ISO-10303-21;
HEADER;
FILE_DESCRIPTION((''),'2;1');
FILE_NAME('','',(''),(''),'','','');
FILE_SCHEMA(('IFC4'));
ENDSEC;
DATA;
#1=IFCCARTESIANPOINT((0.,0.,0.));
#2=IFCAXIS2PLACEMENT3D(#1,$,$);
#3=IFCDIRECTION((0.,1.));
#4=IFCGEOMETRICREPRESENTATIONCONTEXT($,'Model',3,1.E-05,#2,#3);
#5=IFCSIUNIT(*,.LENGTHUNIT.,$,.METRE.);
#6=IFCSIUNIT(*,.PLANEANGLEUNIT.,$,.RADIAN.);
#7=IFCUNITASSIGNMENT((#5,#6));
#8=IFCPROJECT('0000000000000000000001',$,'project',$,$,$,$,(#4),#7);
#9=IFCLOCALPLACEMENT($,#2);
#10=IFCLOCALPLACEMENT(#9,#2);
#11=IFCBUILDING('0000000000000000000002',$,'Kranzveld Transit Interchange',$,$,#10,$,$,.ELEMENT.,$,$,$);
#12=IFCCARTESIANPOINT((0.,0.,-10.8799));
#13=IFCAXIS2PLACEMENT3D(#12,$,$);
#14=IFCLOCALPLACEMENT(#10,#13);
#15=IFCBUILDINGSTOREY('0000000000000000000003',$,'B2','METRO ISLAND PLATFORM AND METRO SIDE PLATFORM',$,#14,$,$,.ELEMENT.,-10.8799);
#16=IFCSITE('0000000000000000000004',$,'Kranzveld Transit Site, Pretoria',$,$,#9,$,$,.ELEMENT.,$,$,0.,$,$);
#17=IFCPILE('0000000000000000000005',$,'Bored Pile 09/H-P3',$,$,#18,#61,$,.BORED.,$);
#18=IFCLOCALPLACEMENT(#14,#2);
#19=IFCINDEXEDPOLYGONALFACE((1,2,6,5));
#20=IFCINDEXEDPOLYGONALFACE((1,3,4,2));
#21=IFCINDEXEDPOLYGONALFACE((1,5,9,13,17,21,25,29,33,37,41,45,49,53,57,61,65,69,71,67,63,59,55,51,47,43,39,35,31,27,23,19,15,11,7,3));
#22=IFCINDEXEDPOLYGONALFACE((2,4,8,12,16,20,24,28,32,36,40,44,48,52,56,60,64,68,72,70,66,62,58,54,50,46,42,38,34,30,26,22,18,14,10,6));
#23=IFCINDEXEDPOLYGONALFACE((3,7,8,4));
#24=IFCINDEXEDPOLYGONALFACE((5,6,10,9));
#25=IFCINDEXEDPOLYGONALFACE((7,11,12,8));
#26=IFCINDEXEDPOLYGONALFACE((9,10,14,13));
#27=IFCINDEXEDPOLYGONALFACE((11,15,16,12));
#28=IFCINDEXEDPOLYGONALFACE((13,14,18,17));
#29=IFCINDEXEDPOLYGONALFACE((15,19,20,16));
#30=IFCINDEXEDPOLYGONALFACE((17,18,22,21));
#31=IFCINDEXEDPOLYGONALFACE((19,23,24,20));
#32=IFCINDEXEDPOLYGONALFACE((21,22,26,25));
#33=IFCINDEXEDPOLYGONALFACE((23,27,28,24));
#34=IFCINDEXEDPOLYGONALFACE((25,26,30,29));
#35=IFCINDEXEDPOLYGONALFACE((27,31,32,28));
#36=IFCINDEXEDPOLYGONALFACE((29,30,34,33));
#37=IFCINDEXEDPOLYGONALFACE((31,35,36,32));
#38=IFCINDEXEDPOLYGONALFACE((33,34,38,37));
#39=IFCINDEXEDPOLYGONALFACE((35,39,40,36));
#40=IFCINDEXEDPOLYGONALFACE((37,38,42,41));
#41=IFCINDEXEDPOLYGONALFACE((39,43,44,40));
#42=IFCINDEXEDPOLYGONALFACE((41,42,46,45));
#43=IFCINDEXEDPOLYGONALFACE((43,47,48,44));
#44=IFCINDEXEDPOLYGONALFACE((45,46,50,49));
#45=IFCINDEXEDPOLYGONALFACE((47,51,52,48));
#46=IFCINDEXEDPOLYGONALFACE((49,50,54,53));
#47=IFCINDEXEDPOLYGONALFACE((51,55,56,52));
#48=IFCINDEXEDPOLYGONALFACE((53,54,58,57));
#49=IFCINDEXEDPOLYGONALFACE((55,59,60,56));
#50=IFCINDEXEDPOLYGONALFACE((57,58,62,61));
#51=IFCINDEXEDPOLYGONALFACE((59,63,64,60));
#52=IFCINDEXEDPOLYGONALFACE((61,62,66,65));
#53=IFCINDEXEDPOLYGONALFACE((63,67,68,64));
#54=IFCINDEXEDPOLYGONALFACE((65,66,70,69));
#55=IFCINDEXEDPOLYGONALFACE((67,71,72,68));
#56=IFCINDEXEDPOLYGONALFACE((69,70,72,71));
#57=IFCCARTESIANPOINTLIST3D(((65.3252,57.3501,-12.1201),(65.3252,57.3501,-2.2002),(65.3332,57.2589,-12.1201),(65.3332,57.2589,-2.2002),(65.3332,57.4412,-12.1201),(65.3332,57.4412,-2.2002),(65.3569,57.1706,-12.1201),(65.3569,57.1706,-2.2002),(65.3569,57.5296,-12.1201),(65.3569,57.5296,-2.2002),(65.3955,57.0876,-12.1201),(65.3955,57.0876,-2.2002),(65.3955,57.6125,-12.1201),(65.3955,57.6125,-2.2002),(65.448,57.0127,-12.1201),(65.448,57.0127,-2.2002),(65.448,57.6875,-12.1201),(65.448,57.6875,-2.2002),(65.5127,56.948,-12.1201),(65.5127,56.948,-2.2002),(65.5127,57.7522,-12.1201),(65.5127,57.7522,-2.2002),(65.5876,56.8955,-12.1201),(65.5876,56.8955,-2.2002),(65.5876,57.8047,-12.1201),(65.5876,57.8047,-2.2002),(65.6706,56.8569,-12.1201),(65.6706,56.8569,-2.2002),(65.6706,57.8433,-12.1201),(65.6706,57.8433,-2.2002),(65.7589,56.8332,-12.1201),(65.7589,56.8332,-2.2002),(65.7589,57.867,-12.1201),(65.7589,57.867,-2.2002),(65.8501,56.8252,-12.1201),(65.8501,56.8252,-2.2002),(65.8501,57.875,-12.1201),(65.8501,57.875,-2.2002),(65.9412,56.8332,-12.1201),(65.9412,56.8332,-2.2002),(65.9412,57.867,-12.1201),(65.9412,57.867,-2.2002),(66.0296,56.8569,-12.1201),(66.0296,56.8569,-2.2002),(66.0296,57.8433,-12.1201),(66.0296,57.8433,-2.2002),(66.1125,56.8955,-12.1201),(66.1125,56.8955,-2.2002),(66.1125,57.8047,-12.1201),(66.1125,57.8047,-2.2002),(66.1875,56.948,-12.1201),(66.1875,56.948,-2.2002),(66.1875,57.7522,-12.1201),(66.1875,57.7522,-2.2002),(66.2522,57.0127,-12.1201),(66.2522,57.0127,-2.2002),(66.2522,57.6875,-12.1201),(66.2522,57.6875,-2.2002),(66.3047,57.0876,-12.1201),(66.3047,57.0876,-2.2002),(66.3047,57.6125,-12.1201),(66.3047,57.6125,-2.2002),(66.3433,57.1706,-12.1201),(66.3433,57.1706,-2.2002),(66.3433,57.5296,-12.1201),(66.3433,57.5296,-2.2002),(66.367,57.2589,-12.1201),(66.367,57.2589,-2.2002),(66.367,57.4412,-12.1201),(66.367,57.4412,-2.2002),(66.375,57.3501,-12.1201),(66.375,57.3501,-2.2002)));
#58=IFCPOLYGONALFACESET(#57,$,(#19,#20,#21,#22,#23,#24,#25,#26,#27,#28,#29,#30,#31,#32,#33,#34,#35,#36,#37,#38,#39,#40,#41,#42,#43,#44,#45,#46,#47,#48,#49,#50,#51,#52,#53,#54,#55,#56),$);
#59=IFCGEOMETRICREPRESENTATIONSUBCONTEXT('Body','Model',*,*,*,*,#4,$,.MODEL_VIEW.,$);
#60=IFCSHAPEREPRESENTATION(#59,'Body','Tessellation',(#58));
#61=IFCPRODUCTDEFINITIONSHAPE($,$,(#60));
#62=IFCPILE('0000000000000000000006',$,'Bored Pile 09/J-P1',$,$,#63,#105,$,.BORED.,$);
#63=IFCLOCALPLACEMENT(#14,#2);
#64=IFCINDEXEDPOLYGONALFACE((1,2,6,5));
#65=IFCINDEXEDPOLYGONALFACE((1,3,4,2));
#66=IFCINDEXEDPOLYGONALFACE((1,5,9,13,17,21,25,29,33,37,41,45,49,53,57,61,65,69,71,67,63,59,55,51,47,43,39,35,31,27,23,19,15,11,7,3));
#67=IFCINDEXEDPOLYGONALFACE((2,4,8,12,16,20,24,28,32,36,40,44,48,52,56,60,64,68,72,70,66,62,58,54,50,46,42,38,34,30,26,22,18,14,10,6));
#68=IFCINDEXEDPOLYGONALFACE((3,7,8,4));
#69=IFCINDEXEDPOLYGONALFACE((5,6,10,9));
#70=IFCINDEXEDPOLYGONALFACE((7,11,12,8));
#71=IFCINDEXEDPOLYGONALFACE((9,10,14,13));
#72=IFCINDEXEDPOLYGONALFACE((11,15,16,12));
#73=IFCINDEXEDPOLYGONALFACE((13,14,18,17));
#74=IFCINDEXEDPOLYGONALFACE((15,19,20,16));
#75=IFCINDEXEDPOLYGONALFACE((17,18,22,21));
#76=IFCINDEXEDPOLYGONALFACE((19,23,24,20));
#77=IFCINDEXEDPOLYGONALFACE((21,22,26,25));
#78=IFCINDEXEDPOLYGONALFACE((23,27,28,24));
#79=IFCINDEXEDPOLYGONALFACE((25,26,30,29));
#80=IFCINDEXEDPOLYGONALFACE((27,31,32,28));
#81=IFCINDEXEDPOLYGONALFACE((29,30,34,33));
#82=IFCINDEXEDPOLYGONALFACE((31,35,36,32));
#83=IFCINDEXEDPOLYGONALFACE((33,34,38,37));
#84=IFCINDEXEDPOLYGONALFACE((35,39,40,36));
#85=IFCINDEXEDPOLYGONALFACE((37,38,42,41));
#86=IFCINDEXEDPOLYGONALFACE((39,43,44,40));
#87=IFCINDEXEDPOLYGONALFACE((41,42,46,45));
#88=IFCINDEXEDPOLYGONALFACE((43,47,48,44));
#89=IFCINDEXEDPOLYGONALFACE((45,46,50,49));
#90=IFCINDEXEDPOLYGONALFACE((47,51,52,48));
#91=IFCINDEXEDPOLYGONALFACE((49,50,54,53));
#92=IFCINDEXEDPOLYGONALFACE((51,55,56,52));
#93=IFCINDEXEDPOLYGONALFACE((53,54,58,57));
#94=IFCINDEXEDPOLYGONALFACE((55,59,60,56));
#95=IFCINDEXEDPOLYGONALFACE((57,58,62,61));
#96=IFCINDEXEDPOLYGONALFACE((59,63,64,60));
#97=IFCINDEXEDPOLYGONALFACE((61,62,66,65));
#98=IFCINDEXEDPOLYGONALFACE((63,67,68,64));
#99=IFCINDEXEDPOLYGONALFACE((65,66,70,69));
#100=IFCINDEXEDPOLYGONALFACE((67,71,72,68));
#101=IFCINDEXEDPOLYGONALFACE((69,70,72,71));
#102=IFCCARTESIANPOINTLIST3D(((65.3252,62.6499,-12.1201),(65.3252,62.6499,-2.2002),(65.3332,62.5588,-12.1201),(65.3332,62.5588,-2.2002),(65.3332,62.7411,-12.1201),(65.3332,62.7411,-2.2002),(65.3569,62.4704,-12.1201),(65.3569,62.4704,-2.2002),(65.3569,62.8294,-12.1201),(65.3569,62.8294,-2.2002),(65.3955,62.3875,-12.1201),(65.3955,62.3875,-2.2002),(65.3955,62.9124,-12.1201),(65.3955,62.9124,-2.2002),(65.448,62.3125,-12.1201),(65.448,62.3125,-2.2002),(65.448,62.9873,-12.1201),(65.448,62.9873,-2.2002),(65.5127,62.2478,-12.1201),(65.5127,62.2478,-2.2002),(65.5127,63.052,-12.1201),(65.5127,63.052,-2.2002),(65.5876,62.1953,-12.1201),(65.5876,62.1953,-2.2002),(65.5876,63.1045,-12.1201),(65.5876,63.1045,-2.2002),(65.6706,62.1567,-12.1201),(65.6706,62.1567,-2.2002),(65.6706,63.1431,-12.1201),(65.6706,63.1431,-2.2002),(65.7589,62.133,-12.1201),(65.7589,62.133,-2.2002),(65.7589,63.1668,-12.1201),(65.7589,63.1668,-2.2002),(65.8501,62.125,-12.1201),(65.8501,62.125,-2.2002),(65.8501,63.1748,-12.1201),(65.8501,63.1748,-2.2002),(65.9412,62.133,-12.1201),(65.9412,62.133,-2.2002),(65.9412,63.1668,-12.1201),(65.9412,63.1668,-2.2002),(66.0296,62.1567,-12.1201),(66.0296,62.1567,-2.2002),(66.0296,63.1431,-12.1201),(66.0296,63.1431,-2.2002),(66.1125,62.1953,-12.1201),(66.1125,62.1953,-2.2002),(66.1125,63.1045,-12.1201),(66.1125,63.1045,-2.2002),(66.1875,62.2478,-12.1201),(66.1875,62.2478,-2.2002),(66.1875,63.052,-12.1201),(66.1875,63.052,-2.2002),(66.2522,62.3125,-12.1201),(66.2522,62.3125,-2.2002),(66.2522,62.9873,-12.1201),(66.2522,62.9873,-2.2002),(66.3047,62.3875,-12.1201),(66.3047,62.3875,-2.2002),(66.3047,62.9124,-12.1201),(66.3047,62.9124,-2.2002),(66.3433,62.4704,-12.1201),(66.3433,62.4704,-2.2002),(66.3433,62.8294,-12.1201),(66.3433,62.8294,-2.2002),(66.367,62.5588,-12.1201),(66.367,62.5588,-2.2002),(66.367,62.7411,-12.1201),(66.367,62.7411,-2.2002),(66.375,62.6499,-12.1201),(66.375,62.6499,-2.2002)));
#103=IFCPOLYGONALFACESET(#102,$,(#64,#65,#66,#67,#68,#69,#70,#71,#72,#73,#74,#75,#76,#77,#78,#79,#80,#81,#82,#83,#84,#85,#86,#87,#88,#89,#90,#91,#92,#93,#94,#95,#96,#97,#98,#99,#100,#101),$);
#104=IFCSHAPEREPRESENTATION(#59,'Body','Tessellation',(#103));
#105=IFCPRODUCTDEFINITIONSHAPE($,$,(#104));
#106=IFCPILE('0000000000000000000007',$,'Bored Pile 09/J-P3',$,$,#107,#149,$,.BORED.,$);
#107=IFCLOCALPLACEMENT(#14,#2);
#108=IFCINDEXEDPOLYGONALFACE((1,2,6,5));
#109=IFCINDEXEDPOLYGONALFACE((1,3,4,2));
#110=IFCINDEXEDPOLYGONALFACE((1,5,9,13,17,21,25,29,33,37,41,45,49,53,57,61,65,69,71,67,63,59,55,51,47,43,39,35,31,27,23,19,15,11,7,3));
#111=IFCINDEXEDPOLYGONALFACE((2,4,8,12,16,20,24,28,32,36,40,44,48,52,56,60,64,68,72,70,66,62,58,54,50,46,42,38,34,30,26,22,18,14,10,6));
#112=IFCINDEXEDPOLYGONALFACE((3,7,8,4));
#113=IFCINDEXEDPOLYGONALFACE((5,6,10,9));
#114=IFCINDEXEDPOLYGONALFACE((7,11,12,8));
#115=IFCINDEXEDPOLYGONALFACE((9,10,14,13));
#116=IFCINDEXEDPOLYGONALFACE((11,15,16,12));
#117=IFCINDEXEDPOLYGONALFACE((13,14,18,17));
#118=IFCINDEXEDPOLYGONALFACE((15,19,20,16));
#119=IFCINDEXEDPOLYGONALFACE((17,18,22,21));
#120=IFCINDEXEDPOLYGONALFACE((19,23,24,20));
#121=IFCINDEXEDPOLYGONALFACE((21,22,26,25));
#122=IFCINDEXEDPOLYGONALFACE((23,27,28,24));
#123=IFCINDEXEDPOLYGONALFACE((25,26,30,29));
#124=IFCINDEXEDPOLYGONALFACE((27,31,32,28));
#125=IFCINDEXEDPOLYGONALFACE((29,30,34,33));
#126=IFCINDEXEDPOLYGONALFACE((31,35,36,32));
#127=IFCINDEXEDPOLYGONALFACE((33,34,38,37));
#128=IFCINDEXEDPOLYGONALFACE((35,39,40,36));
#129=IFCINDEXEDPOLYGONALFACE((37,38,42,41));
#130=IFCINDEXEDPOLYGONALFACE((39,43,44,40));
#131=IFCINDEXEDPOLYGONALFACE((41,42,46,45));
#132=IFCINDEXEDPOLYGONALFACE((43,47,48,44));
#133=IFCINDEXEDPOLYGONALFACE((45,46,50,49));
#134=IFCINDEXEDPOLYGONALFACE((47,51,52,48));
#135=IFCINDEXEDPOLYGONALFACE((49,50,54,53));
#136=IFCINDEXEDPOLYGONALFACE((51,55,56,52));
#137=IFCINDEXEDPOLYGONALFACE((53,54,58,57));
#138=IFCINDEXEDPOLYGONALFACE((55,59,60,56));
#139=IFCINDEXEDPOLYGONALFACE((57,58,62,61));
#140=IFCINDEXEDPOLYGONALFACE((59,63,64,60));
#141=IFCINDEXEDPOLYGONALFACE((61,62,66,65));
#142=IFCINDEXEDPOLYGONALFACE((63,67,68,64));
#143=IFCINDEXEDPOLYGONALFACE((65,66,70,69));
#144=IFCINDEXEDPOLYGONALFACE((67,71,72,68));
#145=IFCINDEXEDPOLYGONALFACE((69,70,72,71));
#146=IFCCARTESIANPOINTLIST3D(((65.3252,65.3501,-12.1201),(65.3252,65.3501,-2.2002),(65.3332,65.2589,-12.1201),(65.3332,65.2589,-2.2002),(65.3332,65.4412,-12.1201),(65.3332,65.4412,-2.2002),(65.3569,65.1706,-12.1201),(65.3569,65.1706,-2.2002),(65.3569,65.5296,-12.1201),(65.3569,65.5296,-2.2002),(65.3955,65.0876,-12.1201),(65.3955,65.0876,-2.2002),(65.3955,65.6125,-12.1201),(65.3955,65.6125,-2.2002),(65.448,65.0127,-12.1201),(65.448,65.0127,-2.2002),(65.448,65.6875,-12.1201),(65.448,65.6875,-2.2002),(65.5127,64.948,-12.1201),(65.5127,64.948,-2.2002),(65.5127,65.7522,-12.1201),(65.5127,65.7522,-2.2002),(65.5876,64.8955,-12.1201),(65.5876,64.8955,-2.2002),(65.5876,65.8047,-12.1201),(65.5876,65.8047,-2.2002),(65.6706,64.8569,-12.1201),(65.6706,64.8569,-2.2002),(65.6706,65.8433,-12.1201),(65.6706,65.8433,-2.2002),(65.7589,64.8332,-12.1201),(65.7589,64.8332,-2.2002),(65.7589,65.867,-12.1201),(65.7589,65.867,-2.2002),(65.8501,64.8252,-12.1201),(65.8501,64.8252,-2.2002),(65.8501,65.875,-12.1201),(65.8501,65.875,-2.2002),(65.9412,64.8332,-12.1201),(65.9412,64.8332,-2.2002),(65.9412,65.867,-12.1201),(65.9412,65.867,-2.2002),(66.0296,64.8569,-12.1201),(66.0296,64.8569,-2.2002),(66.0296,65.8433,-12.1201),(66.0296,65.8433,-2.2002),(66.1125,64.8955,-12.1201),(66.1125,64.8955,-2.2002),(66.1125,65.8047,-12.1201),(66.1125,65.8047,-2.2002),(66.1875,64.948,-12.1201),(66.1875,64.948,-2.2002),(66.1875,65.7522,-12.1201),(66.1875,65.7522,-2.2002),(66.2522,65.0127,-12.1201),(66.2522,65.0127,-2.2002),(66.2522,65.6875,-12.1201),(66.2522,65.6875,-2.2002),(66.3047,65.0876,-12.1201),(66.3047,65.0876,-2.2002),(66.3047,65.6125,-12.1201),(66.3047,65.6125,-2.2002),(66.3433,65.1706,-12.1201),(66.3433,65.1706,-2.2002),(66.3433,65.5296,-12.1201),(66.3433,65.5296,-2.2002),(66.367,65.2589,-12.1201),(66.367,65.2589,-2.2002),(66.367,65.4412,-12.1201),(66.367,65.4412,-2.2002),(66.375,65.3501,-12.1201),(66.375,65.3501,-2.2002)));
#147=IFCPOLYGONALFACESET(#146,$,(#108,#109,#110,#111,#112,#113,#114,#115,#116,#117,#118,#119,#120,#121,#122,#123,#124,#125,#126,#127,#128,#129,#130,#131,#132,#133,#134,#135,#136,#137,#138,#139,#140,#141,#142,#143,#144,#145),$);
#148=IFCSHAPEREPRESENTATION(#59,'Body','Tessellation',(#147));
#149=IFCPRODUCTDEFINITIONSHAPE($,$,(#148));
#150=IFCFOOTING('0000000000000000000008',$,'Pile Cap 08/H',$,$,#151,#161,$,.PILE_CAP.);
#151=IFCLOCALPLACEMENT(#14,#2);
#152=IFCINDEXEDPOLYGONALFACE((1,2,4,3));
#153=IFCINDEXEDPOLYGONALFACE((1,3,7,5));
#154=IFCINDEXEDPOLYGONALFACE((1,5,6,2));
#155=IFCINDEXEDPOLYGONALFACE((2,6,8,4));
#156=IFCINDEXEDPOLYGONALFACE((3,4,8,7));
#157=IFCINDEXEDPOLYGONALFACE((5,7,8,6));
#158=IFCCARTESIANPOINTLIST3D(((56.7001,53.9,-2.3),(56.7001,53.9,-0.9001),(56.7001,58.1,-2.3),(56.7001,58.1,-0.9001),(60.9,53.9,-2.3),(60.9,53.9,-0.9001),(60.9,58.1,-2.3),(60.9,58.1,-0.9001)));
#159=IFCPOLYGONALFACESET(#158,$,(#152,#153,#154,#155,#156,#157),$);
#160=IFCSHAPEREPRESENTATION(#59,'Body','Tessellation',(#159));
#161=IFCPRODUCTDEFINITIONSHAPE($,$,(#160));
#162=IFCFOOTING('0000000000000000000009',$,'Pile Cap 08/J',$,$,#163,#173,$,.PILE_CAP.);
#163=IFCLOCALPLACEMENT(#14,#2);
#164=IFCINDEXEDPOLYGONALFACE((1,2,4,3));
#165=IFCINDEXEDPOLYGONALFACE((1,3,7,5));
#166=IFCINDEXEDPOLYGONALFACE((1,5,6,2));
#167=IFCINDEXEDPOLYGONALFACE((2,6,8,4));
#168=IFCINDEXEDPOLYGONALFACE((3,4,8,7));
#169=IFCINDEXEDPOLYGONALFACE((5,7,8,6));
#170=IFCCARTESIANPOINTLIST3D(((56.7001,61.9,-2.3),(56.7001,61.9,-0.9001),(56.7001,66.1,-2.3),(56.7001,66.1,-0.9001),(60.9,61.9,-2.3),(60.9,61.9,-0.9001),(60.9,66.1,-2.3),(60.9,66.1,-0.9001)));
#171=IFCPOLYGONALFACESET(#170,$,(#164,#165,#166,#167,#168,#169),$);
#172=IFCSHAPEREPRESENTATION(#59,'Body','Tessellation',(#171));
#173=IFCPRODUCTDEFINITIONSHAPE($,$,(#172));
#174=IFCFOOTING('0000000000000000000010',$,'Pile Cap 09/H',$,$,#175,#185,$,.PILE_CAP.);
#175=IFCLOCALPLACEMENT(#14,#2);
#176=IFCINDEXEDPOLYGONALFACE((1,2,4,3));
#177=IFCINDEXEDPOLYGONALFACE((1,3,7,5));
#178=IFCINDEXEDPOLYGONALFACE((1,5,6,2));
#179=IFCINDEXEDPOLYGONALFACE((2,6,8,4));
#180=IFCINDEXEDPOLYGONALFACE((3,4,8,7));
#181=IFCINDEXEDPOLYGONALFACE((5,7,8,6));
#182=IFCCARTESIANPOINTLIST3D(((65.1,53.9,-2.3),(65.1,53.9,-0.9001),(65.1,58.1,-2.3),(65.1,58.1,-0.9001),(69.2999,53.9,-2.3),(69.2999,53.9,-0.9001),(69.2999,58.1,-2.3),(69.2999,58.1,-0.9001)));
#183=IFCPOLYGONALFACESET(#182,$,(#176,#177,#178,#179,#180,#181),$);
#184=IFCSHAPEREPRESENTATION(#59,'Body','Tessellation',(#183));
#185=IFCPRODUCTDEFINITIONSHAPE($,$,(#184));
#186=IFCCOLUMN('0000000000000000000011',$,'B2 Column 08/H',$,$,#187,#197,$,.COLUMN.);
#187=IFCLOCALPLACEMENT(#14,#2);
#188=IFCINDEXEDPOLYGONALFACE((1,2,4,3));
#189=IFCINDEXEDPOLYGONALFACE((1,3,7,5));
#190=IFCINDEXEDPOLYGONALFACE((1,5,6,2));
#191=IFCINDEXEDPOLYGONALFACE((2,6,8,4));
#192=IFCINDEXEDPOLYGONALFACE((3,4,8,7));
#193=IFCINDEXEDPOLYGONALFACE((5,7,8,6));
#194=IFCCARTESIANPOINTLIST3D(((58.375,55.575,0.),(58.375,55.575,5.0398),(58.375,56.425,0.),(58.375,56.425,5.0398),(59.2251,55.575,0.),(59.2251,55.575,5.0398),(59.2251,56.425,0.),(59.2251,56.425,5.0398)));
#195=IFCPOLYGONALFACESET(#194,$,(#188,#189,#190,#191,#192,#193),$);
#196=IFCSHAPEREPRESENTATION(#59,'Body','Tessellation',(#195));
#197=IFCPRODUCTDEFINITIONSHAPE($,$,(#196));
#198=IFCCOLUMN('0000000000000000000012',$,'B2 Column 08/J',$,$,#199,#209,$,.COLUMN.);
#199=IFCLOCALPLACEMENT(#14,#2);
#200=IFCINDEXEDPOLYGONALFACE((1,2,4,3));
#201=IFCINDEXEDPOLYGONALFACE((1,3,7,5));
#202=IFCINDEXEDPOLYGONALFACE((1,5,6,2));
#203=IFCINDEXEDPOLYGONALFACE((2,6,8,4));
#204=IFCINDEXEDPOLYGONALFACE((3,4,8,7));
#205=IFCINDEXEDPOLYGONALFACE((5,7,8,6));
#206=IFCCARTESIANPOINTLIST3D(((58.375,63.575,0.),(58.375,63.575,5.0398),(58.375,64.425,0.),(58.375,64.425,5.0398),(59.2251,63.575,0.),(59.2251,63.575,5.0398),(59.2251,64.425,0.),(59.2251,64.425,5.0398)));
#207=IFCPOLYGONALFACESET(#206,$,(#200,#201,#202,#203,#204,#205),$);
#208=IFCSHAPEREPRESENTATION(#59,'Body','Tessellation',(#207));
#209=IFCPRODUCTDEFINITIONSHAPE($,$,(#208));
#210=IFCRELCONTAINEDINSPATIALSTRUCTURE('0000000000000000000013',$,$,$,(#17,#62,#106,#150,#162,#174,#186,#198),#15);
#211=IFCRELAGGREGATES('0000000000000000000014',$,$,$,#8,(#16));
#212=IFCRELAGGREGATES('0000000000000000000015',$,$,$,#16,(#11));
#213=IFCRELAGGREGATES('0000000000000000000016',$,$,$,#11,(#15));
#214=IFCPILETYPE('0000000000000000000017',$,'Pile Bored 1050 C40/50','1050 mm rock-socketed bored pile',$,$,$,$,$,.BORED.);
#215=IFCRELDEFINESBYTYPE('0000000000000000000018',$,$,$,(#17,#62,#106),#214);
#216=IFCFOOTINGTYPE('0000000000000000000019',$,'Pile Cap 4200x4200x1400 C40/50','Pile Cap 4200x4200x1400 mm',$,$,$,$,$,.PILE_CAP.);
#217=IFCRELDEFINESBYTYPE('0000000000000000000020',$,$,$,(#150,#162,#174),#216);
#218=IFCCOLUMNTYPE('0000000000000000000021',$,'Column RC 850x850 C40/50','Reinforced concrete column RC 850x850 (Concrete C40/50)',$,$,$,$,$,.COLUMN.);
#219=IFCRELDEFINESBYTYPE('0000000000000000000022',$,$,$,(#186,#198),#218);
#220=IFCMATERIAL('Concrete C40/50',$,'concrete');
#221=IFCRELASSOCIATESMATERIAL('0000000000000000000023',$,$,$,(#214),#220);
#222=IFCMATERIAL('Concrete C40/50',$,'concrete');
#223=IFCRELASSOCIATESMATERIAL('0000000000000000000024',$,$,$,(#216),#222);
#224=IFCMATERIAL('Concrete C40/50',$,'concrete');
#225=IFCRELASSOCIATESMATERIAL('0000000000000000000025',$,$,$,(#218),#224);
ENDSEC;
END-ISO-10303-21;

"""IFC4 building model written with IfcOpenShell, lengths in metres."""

from ifc_helpers import new_model, si_unit, direction, frame, origin, origin_2d, place, context, subcontext, project, spatial, rectangle, circle, extrude, material, material_profile, profile_set, type_object, element, save


model = new_model("IFC4")

# Units and contexts
model_context = context("Model", 3, precision=1e-05, world=origin(), true_north=direction((0.0, 1.0)))
body_context = subcontext(model_context, "Body", "Model", "MODEL_VIEW")
ifc_project = project(units=[si_unit("LENGTHUNIT", "METRE"), si_unit("PLANEANGLEUNIT", "RADIAN")], contexts=[model_context])

# Site, building, storey
site_placement = place(None, origin())
site = spatial("IfcSite", under=ifc_project, at=site_placement, Name="Kranzveld Transit Site, Pretoria", CompositionType="ELEMENT", RefElevation=0.0)
building_placement = place(site_placement, origin())
building = spatial("IfcBuilding", under=site, at=building_placement, Name="Kranzveld Transit Interchange", CompositionType="ELEMENT")
storey_placement = place(building_placement, frame((0.0, 0.0, -10.8799)))
storey = spatial("IfcBuildingStorey", under=building, at=storey_placement, Name="B2", Description="METRO ISLAND PLATFORM AND METRO SIDE PLATFORM", CompositionType="ELEMENT", Elevation=-10.8799)

# Piles
ifc_material_1 = material(Name="Concrete C40/50", Category="concrete")
ifc_material_profile_1 = material_profile(ifc_material_1, circle(Radius=0.5249, at=origin_2d()), Name="BORED PILE 1050")
ifc_profile_set_1 = profile_set([ifc_material_profile_1], Name="Concrete C40/50")
pile_type = type_object("IfcPileType", Name="Pile Bored 1050 C40/50", Description="1050 mm rock-socketed bored pile", PredefinedType="BORED", material=ifc_profile_set_1)
for number, where, z_axis, x_axis, name in (
    (1, (65.8501, 57.3501, -2.2002), (0.0, 0.0, -1.0), (1.0, 0.0, 0.0), "Bored Pile 09/H-P3"),
    (2, (65.8501, 62.6499, -2.2002), (0.0, 0.0, -1.0), (1.0, 0.0, 0.0), "Bored Pile 09/J-P1"),
    (3, (65.8501, 65.3501, -2.2002), (0.0, 0.0, -1.0), (1.0, 0.0, 0.0), "Bored Pile 09/J-P3"),
):
    element("IfcPile", number, at=place(storey_placement, frame(where, z_axis=z_axis, x_axis=x_axis)), inside=storey, type_object=pile_type, Name=name, PredefinedType="BORED", context=body_context, shape_type="SweptSolid", body=[
        extrude(circle(Radius=0.5249, at=origin_2d()), origin(), (0.0, 0.0, 1.0), 9.9199),
    ])

# Footings
ifc_material_2 = material(Name="Concrete C40/50", Category="concrete")
footing_type = type_object("IfcFootingType", Name="Pile Cap 4200x4200x1400 C40/50", Description="Pile Cap 4200x4200x1400 mm", PredefinedType="PILE_CAP", material=ifc_material_2)
for number, where, z_axis, x_axis, name in (
    (4, (58.8, 56.0, -2.3), (0.0, 0.0, 1.0), (1.0, 0.0, 0.0), "Pile Cap 08/H"),
    (5, (58.8, 64.0, -2.3), (0.0, 0.0, 1.0), (1.0, 0.0, 0.0), "Pile Cap 08/J"),
    (6, (67.2, 56.0, -2.3), (0.0, 0.0, 1.0), (1.0, 0.0, 0.0), "Pile Cap 09/H"),
):
    element("IfcFooting", number, at=place(storey_placement, frame(where, z_axis=z_axis, x_axis=x_axis)), inside=storey, type_object=footing_type, Name=name, PredefinedType="PILE_CAP", context=body_context, shape_type="SweptSolid", body=[
        extrude(rectangle(XDim=4.2, YDim=4.2, at=origin_2d()), origin(), (0.0, 0.0, 1.0), 1.3999),
    ])

# Columns
ifc_material_3 = material(Name="Concrete C40/50", Category="concrete")
ifc_material_profile_2 = material_profile(ifc_material_3, rectangle(XDim=0.8501, YDim=0.8501, at=origin_2d()), Name="RC 850x850")
ifc_profile_set_2 = profile_set([ifc_material_profile_2], Name="Concrete C40/50")
column_type = type_object("IfcColumnType", Name="Column RC 850x850 C40/50", Description="Reinforced concrete column RC 850x850 (Concrete C40/50)", PredefinedType="COLUMN", material=ifc_profile_set_2)
for number, where, z_axis, x_axis, name in (
    (7, (58.8, 56.0, 0.0), (0.0, 0.0, 1.0), (1.0, 0.0, 0.0), "B2 Column 08/H"),
    (8, (58.8, 64.0, 0.0), (0.0, 0.0, 1.0), (1.0, 0.0, 0.0), "B2 Column 08/J"),
):
    element("IfcColumn", number, at=place(storey_placement, frame(where, z_axis=z_axis, x_axis=x_axis)), inside=storey, type_object=column_type, Name=name, PredefinedType="COLUMN", context=body_context, shape_type="SweptSolid", body=[
        extrude(rectangle(XDim=0.8501, YDim=0.8501, at=origin_2d()), origin(), (0.0, 0.0, 1.0), 5.0398),
    ])

save(model, "model.ifc")
